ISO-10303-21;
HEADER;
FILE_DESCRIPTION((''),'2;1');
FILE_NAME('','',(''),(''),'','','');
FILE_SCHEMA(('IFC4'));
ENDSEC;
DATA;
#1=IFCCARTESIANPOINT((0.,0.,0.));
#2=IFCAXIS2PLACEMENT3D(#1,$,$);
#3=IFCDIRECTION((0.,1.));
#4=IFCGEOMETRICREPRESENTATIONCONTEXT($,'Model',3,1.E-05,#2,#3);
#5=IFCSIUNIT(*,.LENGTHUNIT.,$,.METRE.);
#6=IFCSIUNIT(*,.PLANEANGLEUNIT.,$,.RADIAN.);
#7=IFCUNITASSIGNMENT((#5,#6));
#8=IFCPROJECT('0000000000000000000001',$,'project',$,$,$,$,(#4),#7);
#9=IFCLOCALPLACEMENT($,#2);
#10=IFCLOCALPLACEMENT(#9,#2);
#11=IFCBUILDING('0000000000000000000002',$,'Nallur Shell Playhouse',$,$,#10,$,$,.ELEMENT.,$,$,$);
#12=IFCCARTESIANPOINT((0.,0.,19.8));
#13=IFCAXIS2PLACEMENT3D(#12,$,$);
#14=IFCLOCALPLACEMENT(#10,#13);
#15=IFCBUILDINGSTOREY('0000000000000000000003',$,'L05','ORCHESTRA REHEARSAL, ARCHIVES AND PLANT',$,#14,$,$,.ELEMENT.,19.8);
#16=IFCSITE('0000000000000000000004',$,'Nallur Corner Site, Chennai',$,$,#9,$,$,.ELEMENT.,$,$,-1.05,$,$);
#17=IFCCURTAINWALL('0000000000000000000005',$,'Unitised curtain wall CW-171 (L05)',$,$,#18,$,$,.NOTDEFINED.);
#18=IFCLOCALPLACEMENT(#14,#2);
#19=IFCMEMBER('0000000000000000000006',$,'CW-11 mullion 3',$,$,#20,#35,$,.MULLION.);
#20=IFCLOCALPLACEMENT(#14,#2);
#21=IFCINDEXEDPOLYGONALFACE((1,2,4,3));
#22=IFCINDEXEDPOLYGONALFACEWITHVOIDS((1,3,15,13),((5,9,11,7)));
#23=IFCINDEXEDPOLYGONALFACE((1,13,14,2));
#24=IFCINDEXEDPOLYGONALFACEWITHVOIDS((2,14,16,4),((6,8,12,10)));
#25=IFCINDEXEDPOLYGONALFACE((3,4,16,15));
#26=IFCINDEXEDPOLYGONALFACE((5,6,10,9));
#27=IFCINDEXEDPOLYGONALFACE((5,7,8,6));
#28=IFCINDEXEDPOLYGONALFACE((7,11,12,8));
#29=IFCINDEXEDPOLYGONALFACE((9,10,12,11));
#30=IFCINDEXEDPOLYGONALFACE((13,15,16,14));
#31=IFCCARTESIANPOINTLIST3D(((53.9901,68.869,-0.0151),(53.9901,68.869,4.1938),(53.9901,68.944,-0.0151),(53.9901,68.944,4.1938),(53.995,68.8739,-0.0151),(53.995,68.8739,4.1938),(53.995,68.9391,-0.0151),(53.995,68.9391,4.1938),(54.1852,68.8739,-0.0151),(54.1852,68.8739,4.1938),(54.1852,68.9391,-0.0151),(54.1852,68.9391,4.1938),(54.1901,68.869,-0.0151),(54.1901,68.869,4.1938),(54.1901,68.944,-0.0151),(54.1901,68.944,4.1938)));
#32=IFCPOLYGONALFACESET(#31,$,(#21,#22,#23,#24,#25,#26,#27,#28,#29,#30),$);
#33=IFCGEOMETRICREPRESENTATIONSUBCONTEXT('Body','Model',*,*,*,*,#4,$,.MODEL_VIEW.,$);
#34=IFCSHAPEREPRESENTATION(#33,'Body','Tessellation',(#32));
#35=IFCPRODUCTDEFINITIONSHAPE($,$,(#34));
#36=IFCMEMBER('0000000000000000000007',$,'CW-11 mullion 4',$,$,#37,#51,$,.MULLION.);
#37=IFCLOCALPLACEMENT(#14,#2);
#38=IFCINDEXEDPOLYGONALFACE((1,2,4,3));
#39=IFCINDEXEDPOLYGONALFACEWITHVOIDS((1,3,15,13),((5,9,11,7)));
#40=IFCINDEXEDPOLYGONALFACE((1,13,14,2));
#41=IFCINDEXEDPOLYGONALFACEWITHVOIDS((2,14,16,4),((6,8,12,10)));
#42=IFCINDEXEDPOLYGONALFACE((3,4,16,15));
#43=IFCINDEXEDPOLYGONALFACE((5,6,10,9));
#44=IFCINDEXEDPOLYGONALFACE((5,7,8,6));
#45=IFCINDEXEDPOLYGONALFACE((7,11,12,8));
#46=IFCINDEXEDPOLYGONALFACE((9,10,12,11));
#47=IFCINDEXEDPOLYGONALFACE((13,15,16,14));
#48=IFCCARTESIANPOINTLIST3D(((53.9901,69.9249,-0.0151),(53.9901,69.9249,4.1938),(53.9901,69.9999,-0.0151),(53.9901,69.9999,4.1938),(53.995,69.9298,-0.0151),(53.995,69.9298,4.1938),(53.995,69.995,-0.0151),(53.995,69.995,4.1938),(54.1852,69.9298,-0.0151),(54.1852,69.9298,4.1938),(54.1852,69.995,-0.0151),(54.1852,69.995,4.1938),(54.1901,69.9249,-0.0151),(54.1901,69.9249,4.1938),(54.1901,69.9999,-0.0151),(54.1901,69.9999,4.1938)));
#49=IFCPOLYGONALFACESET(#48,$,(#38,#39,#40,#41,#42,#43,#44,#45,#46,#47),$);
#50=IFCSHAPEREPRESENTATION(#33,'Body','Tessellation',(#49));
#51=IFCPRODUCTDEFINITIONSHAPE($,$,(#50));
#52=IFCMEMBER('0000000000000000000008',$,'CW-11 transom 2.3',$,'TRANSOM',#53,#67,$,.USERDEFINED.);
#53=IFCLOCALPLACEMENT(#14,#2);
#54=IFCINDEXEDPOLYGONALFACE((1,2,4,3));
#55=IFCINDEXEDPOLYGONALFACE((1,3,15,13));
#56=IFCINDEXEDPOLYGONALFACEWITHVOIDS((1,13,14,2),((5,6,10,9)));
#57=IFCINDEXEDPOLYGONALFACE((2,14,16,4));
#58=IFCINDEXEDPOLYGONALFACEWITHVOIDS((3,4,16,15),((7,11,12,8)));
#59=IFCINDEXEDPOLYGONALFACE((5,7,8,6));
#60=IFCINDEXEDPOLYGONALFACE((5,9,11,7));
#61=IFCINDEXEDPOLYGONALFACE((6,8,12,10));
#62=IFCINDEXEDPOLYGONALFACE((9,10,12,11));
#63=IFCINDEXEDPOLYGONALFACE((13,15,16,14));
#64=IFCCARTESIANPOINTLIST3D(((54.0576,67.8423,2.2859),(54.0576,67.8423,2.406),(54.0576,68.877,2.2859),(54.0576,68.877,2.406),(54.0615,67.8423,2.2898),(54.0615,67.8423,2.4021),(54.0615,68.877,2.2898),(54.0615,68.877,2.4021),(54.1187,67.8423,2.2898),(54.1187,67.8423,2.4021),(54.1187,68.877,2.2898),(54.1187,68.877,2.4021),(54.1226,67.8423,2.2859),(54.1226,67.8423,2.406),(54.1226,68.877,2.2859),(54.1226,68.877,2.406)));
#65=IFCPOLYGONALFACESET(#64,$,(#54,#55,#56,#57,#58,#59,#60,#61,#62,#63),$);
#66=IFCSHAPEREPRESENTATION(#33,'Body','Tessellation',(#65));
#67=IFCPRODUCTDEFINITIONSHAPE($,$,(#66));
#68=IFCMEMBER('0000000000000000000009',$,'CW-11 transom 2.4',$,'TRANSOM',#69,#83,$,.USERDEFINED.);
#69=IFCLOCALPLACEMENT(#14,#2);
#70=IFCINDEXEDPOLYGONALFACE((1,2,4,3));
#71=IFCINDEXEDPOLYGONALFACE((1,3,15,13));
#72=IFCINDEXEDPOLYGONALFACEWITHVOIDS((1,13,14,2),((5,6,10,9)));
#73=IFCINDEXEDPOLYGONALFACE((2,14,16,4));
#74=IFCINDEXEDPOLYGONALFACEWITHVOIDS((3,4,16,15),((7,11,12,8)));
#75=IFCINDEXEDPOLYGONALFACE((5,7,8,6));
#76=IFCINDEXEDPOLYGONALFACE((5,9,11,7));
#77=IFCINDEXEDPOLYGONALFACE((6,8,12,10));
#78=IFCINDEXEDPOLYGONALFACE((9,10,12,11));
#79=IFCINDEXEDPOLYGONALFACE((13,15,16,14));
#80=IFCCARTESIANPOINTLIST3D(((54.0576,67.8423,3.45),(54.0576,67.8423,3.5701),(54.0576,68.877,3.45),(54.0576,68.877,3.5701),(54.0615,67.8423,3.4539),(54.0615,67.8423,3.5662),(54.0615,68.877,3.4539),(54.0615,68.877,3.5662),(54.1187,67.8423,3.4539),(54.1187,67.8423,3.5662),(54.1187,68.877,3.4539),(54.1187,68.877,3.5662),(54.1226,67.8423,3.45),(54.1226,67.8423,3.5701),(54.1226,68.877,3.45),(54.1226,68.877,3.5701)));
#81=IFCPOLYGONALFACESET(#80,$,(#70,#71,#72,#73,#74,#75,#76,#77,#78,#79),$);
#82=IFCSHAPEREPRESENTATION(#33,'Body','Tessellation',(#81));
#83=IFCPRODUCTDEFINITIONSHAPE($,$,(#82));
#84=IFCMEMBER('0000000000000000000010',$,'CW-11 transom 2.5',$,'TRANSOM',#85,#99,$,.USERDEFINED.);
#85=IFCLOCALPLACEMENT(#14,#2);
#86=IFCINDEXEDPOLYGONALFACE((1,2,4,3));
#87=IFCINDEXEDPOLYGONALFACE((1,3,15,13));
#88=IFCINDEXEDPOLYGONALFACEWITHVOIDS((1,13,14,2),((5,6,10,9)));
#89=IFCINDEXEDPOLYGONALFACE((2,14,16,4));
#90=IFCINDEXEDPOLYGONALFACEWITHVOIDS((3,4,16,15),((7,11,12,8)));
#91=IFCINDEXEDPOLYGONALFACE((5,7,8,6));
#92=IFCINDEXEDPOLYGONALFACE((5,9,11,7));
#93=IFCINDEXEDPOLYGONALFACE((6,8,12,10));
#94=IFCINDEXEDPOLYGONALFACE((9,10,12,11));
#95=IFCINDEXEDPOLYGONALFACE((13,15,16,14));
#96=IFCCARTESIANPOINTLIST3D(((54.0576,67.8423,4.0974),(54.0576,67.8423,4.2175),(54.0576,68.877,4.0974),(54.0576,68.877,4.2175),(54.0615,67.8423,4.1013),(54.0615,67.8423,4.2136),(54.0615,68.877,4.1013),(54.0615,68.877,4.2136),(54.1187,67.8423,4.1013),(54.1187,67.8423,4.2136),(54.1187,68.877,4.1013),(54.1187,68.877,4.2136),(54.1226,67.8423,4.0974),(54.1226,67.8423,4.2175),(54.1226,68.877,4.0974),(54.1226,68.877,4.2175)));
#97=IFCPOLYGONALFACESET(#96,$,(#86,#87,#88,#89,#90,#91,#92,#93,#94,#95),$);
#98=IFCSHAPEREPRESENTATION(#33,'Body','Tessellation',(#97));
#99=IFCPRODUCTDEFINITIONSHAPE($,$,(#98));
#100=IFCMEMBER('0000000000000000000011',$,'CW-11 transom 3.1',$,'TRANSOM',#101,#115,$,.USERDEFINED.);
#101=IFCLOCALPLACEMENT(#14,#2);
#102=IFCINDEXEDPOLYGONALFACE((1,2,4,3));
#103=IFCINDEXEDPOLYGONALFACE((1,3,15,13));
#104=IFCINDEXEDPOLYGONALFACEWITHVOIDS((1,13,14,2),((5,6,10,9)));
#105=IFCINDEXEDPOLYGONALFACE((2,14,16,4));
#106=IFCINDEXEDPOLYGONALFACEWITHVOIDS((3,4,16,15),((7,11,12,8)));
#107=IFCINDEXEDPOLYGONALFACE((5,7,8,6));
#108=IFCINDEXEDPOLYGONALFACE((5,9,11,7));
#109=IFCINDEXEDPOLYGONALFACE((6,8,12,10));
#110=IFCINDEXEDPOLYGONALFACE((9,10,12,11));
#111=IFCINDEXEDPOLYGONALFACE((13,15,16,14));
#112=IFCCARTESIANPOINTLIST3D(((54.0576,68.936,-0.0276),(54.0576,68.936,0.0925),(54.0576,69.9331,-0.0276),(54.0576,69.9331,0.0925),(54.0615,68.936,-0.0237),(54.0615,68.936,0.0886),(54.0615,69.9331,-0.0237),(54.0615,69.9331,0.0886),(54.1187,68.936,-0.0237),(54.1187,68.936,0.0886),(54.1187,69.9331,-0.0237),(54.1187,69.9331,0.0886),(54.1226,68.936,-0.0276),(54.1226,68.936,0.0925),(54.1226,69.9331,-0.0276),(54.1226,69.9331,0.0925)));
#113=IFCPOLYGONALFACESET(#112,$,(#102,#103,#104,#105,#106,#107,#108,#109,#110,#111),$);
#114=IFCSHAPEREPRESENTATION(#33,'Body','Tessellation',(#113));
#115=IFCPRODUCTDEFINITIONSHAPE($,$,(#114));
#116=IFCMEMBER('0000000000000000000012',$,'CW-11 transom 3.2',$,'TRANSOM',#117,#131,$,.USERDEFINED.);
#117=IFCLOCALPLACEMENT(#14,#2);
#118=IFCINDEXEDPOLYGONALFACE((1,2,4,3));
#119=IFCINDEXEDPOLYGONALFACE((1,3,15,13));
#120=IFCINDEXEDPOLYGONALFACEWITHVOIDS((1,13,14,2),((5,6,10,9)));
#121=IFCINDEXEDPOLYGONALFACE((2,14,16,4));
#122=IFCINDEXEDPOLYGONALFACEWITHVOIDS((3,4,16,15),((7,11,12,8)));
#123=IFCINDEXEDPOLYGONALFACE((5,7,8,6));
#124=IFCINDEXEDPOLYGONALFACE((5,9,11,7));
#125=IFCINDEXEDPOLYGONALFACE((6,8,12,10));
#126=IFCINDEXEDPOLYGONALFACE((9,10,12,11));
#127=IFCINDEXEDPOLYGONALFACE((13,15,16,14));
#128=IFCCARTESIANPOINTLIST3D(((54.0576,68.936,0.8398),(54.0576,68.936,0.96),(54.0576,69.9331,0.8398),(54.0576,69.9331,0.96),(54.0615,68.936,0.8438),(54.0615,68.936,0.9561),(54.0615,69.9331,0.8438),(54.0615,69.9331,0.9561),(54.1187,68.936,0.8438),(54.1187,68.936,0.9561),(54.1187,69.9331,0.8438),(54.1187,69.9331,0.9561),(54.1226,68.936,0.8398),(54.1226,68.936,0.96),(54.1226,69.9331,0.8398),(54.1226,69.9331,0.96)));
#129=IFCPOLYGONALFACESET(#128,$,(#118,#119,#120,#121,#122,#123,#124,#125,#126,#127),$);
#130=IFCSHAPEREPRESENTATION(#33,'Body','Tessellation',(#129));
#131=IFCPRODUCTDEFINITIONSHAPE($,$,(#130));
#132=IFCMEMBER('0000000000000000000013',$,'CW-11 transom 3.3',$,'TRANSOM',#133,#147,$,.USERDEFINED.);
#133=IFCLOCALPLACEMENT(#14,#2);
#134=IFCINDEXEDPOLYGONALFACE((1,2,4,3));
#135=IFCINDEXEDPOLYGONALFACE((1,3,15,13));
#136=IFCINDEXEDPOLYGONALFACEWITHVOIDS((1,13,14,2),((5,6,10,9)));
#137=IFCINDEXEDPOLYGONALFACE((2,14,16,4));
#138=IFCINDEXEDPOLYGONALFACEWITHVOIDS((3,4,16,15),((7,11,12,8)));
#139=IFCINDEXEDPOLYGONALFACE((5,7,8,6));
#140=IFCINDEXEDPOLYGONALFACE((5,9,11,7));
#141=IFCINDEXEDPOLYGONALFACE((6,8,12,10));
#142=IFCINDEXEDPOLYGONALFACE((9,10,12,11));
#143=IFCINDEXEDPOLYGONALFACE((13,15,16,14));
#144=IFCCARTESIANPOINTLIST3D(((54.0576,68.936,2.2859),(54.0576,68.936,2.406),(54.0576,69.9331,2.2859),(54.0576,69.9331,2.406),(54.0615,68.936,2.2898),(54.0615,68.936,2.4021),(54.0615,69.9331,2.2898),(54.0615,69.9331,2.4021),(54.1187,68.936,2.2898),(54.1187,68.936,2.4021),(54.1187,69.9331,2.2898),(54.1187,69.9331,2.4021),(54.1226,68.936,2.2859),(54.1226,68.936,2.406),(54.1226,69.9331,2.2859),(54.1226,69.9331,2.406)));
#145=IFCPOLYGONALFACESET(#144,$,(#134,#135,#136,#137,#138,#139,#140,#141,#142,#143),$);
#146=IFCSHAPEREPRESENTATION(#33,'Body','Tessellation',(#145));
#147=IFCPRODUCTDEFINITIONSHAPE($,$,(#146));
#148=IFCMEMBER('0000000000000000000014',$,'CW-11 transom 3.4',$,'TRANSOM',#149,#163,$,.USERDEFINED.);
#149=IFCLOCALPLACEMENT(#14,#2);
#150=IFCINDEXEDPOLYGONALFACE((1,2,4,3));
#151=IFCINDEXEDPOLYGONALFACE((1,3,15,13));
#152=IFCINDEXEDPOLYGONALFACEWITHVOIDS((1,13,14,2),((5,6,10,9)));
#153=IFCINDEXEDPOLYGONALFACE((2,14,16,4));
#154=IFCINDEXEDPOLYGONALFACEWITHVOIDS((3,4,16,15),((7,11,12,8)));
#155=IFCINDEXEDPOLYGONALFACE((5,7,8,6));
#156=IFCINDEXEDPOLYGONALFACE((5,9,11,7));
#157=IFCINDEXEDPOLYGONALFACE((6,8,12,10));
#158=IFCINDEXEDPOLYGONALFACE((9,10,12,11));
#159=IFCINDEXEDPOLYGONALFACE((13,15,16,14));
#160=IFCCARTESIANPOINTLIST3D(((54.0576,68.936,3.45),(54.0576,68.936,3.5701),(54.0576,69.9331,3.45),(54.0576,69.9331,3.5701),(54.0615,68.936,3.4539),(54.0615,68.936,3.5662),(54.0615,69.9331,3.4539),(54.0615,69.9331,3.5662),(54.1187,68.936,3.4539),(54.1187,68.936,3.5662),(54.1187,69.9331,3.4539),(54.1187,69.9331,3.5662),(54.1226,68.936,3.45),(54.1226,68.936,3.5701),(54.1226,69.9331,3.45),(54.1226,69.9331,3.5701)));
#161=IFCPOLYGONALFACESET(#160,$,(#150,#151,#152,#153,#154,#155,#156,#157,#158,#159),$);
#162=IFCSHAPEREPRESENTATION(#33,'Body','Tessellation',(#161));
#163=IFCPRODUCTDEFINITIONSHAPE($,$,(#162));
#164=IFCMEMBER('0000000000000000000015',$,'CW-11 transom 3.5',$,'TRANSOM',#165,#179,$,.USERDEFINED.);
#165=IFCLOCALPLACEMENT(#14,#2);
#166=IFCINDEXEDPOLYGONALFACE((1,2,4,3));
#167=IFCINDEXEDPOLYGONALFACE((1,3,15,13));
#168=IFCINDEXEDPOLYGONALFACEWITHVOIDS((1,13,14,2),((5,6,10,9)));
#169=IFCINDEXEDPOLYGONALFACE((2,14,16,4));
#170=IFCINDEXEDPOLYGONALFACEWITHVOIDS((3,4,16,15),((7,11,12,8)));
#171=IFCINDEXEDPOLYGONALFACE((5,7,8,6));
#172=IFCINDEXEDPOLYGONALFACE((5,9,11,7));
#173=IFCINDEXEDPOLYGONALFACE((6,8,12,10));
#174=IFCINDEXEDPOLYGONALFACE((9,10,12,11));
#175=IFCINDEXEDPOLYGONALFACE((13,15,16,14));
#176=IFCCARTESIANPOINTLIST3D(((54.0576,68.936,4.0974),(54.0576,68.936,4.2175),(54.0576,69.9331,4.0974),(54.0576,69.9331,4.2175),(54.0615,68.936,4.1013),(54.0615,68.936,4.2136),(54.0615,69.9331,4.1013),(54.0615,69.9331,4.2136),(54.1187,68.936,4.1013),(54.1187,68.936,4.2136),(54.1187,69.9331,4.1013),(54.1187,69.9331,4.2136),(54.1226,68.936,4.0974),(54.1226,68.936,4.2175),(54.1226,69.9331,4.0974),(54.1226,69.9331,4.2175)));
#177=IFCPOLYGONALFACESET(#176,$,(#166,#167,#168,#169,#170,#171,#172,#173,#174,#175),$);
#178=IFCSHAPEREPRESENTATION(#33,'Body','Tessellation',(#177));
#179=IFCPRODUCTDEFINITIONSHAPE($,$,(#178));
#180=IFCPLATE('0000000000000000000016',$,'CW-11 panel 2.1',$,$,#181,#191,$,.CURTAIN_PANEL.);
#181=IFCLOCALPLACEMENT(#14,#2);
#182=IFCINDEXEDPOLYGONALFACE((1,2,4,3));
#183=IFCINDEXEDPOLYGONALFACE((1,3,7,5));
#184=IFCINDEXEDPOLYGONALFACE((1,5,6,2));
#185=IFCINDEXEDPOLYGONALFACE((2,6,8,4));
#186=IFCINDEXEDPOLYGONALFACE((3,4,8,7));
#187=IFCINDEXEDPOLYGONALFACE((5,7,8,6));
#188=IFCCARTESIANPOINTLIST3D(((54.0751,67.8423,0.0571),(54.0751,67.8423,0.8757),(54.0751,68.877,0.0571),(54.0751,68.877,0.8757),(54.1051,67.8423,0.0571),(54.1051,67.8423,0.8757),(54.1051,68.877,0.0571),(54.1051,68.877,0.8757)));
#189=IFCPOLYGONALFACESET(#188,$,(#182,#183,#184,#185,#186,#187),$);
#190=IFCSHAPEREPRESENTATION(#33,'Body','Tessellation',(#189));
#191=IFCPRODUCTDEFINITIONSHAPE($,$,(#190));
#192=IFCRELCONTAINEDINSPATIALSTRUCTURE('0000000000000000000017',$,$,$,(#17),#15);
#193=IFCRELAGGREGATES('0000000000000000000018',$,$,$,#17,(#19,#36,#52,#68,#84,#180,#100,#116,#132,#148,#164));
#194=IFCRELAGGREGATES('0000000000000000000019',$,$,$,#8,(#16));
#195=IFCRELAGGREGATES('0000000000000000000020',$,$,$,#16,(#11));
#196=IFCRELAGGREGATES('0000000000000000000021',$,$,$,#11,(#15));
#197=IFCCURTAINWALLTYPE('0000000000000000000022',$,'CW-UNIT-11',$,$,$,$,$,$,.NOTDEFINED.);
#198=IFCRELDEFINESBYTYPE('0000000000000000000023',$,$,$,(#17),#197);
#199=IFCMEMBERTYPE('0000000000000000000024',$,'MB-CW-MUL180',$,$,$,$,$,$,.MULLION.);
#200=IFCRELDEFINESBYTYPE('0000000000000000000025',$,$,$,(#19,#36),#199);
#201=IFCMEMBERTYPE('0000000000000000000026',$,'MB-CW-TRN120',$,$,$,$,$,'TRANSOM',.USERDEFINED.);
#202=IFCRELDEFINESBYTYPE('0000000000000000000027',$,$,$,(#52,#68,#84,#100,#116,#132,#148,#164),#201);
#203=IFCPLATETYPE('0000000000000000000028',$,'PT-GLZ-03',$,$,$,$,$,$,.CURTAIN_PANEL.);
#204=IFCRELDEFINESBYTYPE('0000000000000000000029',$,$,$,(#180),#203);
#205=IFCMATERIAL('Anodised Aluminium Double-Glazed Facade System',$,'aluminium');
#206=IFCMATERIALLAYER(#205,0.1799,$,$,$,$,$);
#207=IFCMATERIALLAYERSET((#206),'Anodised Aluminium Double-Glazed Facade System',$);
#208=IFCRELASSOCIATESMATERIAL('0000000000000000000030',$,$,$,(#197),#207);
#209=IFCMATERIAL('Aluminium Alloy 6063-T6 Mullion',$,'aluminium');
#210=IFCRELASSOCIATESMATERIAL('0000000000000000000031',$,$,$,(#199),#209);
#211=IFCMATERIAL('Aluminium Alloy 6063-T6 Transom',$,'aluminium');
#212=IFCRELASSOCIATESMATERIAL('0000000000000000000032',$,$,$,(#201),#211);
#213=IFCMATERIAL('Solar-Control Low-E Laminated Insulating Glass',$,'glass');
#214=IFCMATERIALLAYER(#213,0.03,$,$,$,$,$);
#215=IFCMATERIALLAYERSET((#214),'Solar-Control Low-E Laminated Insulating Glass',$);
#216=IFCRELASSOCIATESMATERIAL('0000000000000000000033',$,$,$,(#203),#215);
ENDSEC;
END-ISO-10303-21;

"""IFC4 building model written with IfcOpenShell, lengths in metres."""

from ifc_helpers import new_model, si_unit, direction, frame, origin, origin_2d, place, context, subcontext, project, spatial, rectangle, hollow_rectangle, extrude, material, layer, layer_set, material_profile, profile_set, type_object, element, aggregate, save


model = new_model("IFC4")

# Units and contexts
model_context = context("Model", 3, precision=1e-05, world=origin(), true_north=direction((0.0, 1.0)))
body_context = subcontext(model_context, "Body", "Model", "MODEL_VIEW")
ifc_project = project(units=[si_unit("LENGTHUNIT", "METRE"), si_unit("PLANEANGLEUNIT", "RADIAN")], contexts=[model_context])

# Site, building, storey
site_placement = place(None, origin())
site = spatial("IfcSite", under=ifc_project, at=site_placement, Name="Nallur Corner Site, Chennai", CompositionType="ELEMENT", RefElevation=-1.05)
building_placement = place(site_placement, origin())
building = spatial("IfcBuilding", under=site, at=building_placement, Name="Nallur Shell Playhouse", CompositionType="ELEMENT")
storey_placement = place(building_placement, frame((0.0, 0.0, 19.8)))
storey = spatial("IfcBuildingStorey", under=building, at=storey_placement, Name="L05", Description="ORCHESTRA REHEARSAL, ARCHIVES AND PLANT", CompositionType="ELEMENT", Elevation=19.8)

# Curtain wall, members, plate
ifc_material_1 = material(Name="Anodised Aluminium Double-Glazed Facade System", Category="aluminium")
ifc_layer_1 = layer(ifc_material_1, 0.1799)
ifc_layer_set_1 = layer_set([ifc_layer_1], Name="Anodised Aluminium Double-Glazed Facade System")
curtain_wall_type = type_object("IfcCurtainWallType", Name="CW-UNIT-11", PredefinedType="NOTDEFINED", material=ifc_layer_set_1)
curtain_wall_placement = place(storey_placement, origin())
curtain_wall = element("IfcCurtainWall", 1, at=curtain_wall_placement, inside=storey, type_object=curtain_wall_type, Name="Unitised curtain wall CW-171 (L05)", PredefinedType="NOTDEFINED")
ifc_material_2 = material(Name="Aluminium Alloy 6063-T6 Mullion", Category="aluminium")
ifc_material_profile_1 = material_profile(ifc_material_2, hollow_rectangle(XDim=0.075, YDim=0.2, WallThickness=0.0049, at=origin_2d()), Name="ALU 75x200x5")
ifc_profile_set_1 = profile_set([ifc_material_profile_1], Name="Aluminium Alloy 6063-T6 Mullion")
member_type_1 = type_object("IfcMemberType", Name="MB-CW-MUL180", PredefinedType="MULLION", material=ifc_profile_set_1)
member_1_placement = place(storey_placement, frame((54.0901, 68.9065, -0.0151), z_axis=(0.0, 0.0, 1.0), x_axis=(0.0, 1.0, 0.0)))
member_1 = element("IfcMember", 2, at=member_1_placement, type_object=member_type_1, Name="CW-11 mullion 3", PredefinedType="MULLION", context=body_context, shape_type="SweptSolid", body=[
    extrude(hollow_rectangle(XDim=0.075, YDim=0.2, WallThickness=0.0049, at=origin_2d()), origin(), (0.0, 0.0, 1.0), 4.209),
])
member_2_placement = place(storey_placement, frame((54.0901, 69.9624, -0.0151), z_axis=(0.0, 0.0, 1.0), x_axis=(0.0, 1.0, 0.0)))
member_2 = element("IfcMember", 3, at=member_2_placement, type_object=member_type_1, Name="CW-11 mullion 4", PredefinedType="MULLION", context=body_context, shape_type="SweptSolid", body=[
    extrude(hollow_rectangle(XDim=0.075, YDim=0.2, WallThickness=0.0049, at=origin_2d()), origin(), (0.0, 0.0, 1.0), 4.209),
])
ifc_material_3 = material(Name="Aluminium Alloy 6063-T6 Transom", Category="aluminium")
ifc_material_profile_2 = material_profile(ifc_material_3, hollow_rectangle(XDim=0.0649, YDim=0.1201, WallThickness=0.0039, at=origin_2d()), Name="ALU 65x120x4")
ifc_profile_set_2 = profile_set([ifc_material_profile_2], Name="Aluminium Alloy 6063-T6 Transom")
member_type_2 = type_object("IfcMemberType", Name="MB-CW-TRN120", ElementType="TRANSOM", PredefinedType="USERDEFINED", material=ifc_profile_set_2)
member_3_placement = place(storey_placement, frame((54.0901, 67.8423, 2.3459), z_axis=(0.0, 1.0, 0.0), x_axis=(-1.0, 0.0, 0.0)))
member_3 = element("IfcMember", 4, at=member_3_placement, type_object=member_type_2, Name="CW-11 transom 2.3", ObjectType="TRANSOM", PredefinedType="USERDEFINED", context=body_context, shape_type="SweptSolid", body=[
    extrude(hollow_rectangle(XDim=0.0649, YDim=0.1201, WallThickness=0.0039, at=origin_2d()), origin(), (0.0, 0.0, 1.0), 1.0347),
])
member_4_placement = place(storey_placement, frame((54.0901, 67.8423, 3.51), z_axis=(0.0, 1.0, 0.0), x_axis=(-1.0, 0.0, 0.0)))
member_4 = element("IfcMember", 5, at=member_4_placement, type_object=member_type_2, Name="CW-11 transom 2.4", ObjectType="TRANSOM", PredefinedType="USERDEFINED", context=body_context, shape_type="SweptSolid", body=[
    extrude(hollow_rectangle(XDim=0.0649, YDim=0.1201, WallThickness=0.0039, at=origin_2d()), origin(), (0.0, 0.0, 1.0), 1.0347),
])
member_5_placement = place(storey_placement, frame((54.0901, 67.8423, 4.1575), z_axis=(0.0, 1.0, 0.0), x_axis=(-1.0, 0.0, 0.0)))
member_5 = element("IfcMember", 6, at=member_5_placement, type_object=member_type_2, Name="CW-11 transom 2.5", ObjectType="TRANSOM", PredefinedType="USERDEFINED", context=body_context, shape_type="SweptSolid", body=[
    extrude(hollow_rectangle(XDim=0.0649, YDim=0.1201, WallThickness=0.0039, at=origin_2d()), origin(), (0.0, 0.0, 1.0), 1.0347),
])
member_6_placement = place(storey_placement, frame((54.0901, 68.936, 0.0325), z_axis=(0.0, 1.0, 0.0), x_axis=(-1.0, 0.0, 0.0)))
member_6 = element("IfcMember", 7, at=member_6_placement, type_object=member_type_2, Name="CW-11 transom 3.1", ObjectType="TRANSOM", PredefinedType="USERDEFINED", context=body_context, shape_type="SweptSolid", body=[
    extrude(hollow_rectangle(XDim=0.0649, YDim=0.1201, WallThickness=0.0039, at=origin_2d()), origin(), (0.0, 0.0, 1.0), 0.9971),
])
member_7_placement = place(storey_placement, frame((54.0901, 68.936, 0.8999), z_axis=(0.0, 1.0, 0.0), x_axis=(-1.0, 0.0, 0.0)))
member_7 = element("IfcMember", 8, at=member_7_placement, type_object=member_type_2, Name="CW-11 transom 3.2", ObjectType="TRANSOM", PredefinedType="USERDEFINED", context=body_context, shape_type="SweptSolid", body=[
    extrude(hollow_rectangle(XDim=0.0649, YDim=0.1201, WallThickness=0.0039, at=origin_2d()), origin(), (0.0, 0.0, 1.0), 0.9971),
])
member_8_placement = place(storey_placement, frame((54.0901, 68.936, 2.3459), z_axis=(0.0, 1.0, 0.0), x_axis=(-1.0, 0.0, 0.0)))
member_8 = element("IfcMember", 9, at=member_8_placement, type_object=member_type_2, Name="CW-11 transom 3.3", ObjectType="TRANSOM", PredefinedType="USERDEFINED", context=body_context, shape_type="SweptSolid", body=[
    extrude(hollow_rectangle(XDim=0.0649, YDim=0.1201, WallThickness=0.0039, at=origin_2d()), origin(), (0.0, 0.0, 1.0), 0.9971),
])
member_9_placement = place(storey_placement, frame((54.0901, 68.936, 3.51), z_axis=(0.0, 1.0, 0.0), x_axis=(-1.0, 0.0, 0.0)))
member_9 = element("IfcMember", 10, at=member_9_placement, type_object=member_type_2, Name="CW-11 transom 3.4", ObjectType="TRANSOM", PredefinedType="USERDEFINED", context=body_context, shape_type="SweptSolid", body=[
    extrude(hollow_rectangle(XDim=0.0649, YDim=0.1201, WallThickness=0.0039, at=origin_2d()), origin(), (0.0, 0.0, 1.0), 0.9971),
])
member_10_placement = place(storey_placement, frame((54.0901, 68.936, 4.1575), z_axis=(0.0, 1.0, 0.0), x_axis=(-1.0, 0.0, 0.0)))
member_10 = element("IfcMember", 11, at=member_10_placement, type_object=member_type_2, Name="CW-11 transom 3.5", ObjectType="TRANSOM", PredefinedType="USERDEFINED", context=body_context, shape_type="SweptSolid", body=[
    extrude(hollow_rectangle(XDim=0.0649, YDim=0.1201, WallThickness=0.0039, at=origin_2d()), origin(), (0.0, 0.0, 1.0), 0.9971),
])
ifc_material_4 = material(Name="Solar-Control Low-E Laminated Insulating Glass", Category="glass")
ifc_layer_2 = layer(ifc_material_4, 0.03)
ifc_layer_set_2 = layer_set([ifc_layer_2], Name="Solar-Control Low-E Laminated Insulating Glass")
plate_type = type_object("IfcPlateType", Name="PT-GLZ-03", PredefinedType="CURTAIN_PANEL", material=ifc_layer_set_2)
plate_1_placement = place(storey_placement, frame((54.0901, 68.3596, 0.0571), z_axis=(0.0, 0.0, 1.0), x_axis=(0.0, 1.0, 0.0)))
plate_1 = element("IfcPlate", 12, at=plate_1_placement, type_object=plate_type, Name="CW-11 panel 2.1", PredefinedType="CURTAIN_PANEL", context=body_context, shape_type="SweptSolid", body=[
    extrude(rectangle(XDim=1.0347, YDim=0.03, at=origin_2d()), origin(), (0.0, 0.0, 1.0), 0.8186),
])
aggregate(curtain_wall, [member_1, member_2, member_3, member_4, member_5, plate_1, member_6, member_7, member_8, member_9, member_10])

save(model, "model.ifc")
